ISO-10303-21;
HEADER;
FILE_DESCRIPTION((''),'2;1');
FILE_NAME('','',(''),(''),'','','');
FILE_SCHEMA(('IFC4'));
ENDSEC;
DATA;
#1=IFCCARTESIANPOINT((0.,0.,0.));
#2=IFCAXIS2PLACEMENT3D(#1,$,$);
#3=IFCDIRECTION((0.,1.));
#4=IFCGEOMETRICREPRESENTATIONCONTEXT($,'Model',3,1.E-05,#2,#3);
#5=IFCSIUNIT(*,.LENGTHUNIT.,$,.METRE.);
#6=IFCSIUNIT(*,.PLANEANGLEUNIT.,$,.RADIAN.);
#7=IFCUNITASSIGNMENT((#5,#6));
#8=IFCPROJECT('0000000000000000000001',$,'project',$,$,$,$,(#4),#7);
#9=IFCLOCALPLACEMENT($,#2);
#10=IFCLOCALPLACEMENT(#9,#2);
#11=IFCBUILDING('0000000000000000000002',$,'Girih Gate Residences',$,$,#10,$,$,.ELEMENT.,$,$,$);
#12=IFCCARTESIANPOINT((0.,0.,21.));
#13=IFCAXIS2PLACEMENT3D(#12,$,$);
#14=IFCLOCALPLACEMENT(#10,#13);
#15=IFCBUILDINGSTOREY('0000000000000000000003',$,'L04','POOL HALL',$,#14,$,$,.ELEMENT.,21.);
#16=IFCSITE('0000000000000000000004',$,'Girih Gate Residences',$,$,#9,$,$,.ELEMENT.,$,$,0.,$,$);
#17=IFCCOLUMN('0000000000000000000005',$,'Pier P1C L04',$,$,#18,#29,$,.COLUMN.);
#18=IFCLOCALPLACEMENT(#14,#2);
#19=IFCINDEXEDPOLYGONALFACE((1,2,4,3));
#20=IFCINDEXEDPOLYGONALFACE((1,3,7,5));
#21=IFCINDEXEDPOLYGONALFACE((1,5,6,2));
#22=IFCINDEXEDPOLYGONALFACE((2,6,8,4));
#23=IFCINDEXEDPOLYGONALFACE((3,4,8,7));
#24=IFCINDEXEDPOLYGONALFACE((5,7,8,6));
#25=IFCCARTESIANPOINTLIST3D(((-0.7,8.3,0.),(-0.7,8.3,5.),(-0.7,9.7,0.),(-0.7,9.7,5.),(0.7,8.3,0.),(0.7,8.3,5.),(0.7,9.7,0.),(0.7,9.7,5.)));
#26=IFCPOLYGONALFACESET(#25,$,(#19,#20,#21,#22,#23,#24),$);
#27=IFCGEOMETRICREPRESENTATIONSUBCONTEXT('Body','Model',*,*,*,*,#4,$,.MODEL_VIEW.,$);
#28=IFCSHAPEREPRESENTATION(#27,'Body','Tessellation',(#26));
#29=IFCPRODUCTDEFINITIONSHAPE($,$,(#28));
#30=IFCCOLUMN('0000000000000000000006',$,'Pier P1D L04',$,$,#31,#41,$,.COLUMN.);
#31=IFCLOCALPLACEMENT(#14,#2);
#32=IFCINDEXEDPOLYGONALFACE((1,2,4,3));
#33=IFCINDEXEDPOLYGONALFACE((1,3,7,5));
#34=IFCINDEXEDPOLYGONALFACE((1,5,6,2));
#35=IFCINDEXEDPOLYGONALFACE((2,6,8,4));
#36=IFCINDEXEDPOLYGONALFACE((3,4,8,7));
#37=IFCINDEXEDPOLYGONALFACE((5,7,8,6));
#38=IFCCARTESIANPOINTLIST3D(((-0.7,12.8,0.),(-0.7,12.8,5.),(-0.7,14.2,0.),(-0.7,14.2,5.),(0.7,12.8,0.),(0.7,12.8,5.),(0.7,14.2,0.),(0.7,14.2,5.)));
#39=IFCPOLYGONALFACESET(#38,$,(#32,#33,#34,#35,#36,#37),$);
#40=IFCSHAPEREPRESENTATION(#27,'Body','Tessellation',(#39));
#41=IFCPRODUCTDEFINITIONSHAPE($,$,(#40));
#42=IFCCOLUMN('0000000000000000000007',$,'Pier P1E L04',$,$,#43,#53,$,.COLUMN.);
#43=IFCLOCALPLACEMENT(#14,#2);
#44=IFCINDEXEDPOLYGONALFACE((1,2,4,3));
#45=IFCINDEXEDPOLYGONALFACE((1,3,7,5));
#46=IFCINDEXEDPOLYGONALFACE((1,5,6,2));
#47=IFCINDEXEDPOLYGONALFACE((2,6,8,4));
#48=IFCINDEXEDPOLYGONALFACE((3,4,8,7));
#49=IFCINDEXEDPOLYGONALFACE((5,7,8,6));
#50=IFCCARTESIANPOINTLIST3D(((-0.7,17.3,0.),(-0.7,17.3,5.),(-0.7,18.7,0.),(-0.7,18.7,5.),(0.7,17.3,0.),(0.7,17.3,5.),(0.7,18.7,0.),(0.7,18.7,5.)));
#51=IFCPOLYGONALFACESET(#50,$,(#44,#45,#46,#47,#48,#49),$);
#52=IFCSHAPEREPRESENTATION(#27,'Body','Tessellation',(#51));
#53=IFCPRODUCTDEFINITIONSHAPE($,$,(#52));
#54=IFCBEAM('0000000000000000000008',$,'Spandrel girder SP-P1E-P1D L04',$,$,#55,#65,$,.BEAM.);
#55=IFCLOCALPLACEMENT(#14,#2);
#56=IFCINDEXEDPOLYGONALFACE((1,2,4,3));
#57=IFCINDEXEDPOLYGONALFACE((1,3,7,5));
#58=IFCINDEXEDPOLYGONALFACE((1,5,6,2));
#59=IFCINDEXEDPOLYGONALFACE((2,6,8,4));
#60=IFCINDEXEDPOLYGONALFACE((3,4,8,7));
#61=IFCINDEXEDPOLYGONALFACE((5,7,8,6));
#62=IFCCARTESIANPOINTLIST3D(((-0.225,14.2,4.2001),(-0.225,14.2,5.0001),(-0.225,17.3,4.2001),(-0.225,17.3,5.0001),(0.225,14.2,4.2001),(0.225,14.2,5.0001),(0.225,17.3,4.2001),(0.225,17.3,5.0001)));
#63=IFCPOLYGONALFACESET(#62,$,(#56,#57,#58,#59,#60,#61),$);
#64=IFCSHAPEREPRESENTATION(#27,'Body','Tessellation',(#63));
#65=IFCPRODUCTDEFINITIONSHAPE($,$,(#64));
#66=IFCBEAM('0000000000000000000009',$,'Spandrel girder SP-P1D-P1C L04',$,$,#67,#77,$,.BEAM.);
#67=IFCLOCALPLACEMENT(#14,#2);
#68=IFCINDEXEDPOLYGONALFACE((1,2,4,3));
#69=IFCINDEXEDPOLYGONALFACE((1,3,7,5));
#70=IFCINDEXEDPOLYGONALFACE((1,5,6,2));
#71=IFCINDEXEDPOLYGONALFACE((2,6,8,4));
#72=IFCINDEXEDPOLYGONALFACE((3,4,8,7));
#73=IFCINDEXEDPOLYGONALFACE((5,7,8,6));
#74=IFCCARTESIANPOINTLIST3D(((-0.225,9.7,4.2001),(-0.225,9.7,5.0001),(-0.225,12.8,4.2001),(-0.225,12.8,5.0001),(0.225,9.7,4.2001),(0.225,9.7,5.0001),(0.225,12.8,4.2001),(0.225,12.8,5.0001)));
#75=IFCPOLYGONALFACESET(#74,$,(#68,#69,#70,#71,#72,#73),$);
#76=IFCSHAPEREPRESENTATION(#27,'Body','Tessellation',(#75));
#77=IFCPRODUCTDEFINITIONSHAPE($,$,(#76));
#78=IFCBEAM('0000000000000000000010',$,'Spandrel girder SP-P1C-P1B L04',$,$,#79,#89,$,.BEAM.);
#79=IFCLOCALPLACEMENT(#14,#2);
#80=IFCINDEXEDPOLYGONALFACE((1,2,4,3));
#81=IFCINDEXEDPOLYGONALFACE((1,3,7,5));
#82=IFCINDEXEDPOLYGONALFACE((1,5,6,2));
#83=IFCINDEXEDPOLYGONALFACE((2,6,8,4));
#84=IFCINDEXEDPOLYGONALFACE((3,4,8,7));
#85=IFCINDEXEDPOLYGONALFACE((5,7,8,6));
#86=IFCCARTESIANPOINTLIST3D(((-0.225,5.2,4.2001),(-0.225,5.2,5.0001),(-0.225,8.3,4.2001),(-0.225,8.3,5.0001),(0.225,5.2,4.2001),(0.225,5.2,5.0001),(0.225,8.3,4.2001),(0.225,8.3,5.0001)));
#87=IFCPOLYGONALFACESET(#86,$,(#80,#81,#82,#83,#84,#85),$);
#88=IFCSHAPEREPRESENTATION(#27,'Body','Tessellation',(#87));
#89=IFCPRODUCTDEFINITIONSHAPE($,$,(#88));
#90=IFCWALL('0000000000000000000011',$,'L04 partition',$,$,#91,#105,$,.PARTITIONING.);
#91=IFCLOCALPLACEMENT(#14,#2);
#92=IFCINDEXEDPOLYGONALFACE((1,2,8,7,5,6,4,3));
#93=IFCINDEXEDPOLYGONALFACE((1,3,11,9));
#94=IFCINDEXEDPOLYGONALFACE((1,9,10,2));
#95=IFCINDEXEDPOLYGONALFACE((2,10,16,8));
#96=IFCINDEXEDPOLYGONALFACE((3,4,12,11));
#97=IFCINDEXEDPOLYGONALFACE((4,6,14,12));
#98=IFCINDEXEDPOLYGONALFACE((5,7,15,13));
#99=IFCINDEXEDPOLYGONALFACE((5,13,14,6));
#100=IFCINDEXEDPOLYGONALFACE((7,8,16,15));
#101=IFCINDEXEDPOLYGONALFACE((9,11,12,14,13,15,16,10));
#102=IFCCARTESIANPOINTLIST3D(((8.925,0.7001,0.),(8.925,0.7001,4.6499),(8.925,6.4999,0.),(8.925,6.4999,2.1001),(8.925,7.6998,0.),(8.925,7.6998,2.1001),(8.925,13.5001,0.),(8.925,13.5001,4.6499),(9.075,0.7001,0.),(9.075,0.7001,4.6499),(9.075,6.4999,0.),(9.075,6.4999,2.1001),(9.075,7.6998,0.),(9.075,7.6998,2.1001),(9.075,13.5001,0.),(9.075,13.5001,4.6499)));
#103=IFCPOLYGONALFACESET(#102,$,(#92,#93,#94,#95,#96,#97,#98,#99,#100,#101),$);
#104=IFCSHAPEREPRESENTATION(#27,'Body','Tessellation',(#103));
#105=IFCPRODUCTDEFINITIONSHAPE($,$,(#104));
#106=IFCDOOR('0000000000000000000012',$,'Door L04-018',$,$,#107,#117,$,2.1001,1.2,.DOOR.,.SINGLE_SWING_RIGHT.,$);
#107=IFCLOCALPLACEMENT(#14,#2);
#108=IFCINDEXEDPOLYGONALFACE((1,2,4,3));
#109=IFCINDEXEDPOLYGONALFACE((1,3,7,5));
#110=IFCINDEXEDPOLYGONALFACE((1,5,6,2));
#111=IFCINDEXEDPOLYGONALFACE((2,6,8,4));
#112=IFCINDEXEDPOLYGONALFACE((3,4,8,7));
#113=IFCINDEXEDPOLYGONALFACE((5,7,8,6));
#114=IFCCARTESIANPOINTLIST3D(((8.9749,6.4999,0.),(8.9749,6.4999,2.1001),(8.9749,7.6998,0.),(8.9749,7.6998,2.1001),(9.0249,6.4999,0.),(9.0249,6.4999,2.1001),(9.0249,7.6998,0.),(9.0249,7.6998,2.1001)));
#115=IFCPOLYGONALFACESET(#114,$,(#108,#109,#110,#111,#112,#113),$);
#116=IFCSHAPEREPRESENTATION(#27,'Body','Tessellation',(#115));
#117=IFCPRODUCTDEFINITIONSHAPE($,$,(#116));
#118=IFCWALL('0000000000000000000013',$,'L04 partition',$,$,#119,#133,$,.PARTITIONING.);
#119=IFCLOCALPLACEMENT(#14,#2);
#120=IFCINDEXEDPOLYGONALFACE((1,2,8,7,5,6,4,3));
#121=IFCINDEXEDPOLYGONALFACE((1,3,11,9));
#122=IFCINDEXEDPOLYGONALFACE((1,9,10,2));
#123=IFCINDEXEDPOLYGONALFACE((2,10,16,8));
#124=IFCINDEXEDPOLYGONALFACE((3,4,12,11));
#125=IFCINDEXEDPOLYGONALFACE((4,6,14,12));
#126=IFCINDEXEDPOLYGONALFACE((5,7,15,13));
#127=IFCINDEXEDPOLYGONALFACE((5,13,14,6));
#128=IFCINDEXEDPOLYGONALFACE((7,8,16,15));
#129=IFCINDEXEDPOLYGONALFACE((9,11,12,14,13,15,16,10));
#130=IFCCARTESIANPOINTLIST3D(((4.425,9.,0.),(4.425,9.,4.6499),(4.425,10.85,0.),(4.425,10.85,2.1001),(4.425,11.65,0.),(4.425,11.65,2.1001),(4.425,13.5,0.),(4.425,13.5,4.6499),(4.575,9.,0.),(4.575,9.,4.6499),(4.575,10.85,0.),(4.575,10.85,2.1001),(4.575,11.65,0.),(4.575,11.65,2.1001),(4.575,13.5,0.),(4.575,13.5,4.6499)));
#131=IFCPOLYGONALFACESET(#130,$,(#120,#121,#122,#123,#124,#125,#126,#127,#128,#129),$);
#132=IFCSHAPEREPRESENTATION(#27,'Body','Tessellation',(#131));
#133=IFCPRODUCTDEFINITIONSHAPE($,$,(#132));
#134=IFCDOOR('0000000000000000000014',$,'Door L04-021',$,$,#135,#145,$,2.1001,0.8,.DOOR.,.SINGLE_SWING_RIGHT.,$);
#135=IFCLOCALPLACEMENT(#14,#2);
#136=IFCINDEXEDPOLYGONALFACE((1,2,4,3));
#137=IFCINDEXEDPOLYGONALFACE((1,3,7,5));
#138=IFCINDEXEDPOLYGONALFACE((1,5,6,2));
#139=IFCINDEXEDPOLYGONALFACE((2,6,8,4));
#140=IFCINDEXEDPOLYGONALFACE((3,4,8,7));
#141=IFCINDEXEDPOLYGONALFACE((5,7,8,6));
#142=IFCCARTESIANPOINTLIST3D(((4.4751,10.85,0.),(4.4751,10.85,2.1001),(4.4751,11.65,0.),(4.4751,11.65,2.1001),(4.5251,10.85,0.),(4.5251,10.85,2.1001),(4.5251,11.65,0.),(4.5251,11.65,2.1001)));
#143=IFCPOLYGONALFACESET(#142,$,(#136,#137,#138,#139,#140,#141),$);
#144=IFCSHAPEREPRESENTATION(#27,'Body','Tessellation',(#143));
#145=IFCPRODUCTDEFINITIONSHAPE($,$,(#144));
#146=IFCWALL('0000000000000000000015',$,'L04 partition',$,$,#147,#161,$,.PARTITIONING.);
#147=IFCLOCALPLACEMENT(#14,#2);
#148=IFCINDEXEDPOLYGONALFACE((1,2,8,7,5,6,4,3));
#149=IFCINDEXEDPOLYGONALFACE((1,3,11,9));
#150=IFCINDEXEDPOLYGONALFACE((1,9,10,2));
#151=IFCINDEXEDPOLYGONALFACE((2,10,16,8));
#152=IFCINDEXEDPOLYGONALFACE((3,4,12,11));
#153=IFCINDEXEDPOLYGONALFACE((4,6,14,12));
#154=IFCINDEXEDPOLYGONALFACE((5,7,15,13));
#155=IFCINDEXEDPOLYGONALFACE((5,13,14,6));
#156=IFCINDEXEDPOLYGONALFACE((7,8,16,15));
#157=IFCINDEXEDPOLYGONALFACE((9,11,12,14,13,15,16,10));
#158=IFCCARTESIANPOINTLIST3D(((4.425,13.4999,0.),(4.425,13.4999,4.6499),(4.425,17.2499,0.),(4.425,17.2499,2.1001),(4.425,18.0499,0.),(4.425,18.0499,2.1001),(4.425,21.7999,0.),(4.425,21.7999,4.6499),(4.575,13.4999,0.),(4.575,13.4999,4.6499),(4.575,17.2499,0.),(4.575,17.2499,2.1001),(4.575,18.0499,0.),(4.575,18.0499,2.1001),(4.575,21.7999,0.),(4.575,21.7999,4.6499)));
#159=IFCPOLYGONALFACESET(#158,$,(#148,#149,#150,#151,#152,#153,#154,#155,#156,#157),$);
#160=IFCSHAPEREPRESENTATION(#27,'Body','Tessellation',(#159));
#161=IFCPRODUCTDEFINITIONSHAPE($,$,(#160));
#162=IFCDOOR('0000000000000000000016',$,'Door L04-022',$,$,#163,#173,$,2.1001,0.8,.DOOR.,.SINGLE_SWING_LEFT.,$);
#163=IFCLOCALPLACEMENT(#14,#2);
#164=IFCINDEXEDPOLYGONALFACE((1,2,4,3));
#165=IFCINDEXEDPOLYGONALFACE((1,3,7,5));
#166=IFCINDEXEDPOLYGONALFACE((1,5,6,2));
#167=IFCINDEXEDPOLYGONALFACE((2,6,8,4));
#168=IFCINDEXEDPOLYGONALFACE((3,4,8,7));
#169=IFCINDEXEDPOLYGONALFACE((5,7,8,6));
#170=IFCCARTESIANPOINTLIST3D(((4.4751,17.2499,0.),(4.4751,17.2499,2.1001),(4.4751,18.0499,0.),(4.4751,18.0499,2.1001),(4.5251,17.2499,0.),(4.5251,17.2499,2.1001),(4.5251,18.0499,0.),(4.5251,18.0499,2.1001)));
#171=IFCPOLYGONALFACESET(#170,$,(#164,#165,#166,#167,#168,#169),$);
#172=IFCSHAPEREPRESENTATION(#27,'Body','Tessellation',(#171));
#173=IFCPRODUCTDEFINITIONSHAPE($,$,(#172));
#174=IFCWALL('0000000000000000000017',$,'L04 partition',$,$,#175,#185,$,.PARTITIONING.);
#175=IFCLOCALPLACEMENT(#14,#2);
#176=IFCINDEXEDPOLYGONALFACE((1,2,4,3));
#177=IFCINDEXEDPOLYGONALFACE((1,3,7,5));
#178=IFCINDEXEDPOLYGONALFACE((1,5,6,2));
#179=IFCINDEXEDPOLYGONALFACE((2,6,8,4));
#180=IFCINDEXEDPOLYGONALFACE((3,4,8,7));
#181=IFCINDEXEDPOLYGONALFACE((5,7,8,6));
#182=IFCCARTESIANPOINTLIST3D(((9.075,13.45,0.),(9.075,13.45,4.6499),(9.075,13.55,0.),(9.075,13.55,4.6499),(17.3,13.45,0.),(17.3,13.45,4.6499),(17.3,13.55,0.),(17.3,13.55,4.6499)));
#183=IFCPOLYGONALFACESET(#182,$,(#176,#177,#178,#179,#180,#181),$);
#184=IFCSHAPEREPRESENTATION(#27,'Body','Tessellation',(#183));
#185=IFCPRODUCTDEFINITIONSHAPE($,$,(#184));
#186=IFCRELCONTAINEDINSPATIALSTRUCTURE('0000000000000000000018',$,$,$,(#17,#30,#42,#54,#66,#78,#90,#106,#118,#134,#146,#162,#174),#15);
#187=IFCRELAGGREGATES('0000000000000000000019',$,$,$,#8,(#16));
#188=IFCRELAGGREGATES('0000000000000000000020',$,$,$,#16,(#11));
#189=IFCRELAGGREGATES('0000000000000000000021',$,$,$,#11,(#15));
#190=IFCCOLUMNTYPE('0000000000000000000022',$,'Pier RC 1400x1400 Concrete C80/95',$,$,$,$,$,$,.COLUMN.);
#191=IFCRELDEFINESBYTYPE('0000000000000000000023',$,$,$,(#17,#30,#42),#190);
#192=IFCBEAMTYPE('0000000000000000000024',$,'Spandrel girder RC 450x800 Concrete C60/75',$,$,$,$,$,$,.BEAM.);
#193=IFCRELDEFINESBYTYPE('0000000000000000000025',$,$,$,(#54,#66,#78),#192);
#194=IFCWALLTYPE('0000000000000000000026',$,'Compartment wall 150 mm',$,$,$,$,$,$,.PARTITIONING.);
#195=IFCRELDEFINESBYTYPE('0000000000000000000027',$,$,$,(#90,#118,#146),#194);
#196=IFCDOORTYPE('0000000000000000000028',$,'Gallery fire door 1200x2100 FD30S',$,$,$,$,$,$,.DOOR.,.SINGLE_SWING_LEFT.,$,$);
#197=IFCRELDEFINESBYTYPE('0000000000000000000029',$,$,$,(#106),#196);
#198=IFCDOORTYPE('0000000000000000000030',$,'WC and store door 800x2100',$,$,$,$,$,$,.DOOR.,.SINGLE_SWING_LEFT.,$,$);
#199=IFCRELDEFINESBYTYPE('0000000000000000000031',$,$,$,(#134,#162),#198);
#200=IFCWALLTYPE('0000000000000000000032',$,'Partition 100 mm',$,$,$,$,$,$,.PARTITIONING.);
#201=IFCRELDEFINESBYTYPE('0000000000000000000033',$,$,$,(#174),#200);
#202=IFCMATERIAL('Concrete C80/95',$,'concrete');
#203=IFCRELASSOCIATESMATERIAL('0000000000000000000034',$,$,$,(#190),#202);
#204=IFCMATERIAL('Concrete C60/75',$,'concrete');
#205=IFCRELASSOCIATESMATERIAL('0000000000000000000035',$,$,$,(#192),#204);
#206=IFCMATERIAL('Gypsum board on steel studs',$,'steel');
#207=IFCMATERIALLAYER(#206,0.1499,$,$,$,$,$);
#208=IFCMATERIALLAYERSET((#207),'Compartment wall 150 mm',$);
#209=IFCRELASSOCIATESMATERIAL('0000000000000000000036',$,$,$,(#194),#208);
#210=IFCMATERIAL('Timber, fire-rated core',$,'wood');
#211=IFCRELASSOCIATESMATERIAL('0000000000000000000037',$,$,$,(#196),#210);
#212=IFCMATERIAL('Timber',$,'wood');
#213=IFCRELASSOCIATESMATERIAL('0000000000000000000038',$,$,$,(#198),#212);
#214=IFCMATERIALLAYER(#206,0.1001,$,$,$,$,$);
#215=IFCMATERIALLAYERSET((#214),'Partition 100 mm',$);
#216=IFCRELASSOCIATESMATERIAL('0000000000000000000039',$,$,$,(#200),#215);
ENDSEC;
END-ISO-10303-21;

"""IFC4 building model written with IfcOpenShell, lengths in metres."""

from ifc_helpers import new_model, si_unit, direction, frame, frame_2d, origin, origin_2d, place, context, subcontext, project, spatial, rectangle, extrude, material, layer, layer_set, material_profile, profile_set, type_object, element, fill, save


model = new_model("IFC4")

# Units and contexts
model_context = context("Model", 3, precision=1e-05, world=origin(), true_north=direction((0.0, 1.0)))
body_context = subcontext(model_context, "Body", "Model", "MODEL_VIEW")
ifc_project = project(units=[si_unit("LENGTHUNIT", "METRE"), si_unit("PLANEANGLEUNIT", "RADIAN")], contexts=[model_context])

# Site, building, storey
site_placement = place(None, origin())
site = spatial("IfcSite", under=ifc_project, at=site_placement, Name="Girih Gate Residences", CompositionType="ELEMENT", RefElevation=0.0)
building_placement = place(site_placement, origin())
building = spatial("IfcBuilding", under=site, at=building_placement, Name="Girih Gate Residences", CompositionType="ELEMENT")
storey_placement = place(building_placement, frame((0.0, 0.0, 21.0)))
storey = spatial("IfcBuildingStorey", under=building, at=storey_placement, Name="L04", Description="POOL HALL", CompositionType="ELEMENT", Elevation=21.0)

# Columns
ifc_material_1 = material(Name="Concrete C80/95", Category="concrete")
ifc_material_profile_1 = material_profile(ifc_material_1, rectangle(XDim=1.3999, YDim=1.3999, at=origin_2d()))
ifc_profile_set_1 = profile_set([ifc_material_profile_1], Name="Concrete C80/95")
column_type = type_object("IfcColumnType", Name="Pier RC 1400x1400 Concrete C80/95", PredefinedType="COLUMN", material=ifc_profile_set_1)
for number, where, z_axis, x_axis, name in (
    (1, (0.0, 9.0, 0.0), (0.0, 0.0, 1.0), (1.0, 0.0, 0.0), "Pier P1C L04"),
    (2, (0.0, 13.5, 0.0), (0.0, 0.0, 1.0), (1.0, 0.0, 0.0), "Pier P1D L04"),
    (3, (0.0, 18.0, 0.0), (0.0, 0.0, 1.0), (1.0, 0.0, 0.0), "Pier P1E L04"),
):
    element("IfcColumn", number, at=place(storey_placement, frame(where, z_axis=z_axis, x_axis=x_axis)), inside=storey, type_object=column_type, Name=name, PredefinedType="COLUMN", context=body_context, shape_type="SweptSolid", body=[
        extrude(rectangle(XDim=1.3999, YDim=1.3999, at=origin_2d()), origin(), (0.0, 0.0, 1.0), 5.0),
    ])

# Beams
ifc_material_2 = material(Name="Concrete C60/75", Category="concrete")
ifc_material_profile_2 = material_profile(ifc_material_2, rectangle(XDim=0.45, YDim=0.8, at=origin_2d()))
ifc_profile_set_2 = profile_set([ifc_material_profile_2], Name="Concrete C60/75")
beam_type = type_object("IfcBeamType", Name="Spandrel girder RC 450x800 Concrete C60/75", PredefinedType="BEAM", material=ifc_profile_set_2)
for number, where, z_axis, x_axis, name in (
    (4, (0.0, 17.3, 4.6001), (0.0, -1.0, 0.0), (1.0, 0.0, 0.0), "Spandrel girder SP-P1E-P1D L04"),
    (5, (0.0, 12.8, 4.6001), (0.0, -1.0, 0.0), (1.0, 0.0, 0.0), "Spandrel girder SP-P1D-P1C L04"),
    (6, (0.0, 8.3, 4.6001), (0.0, -1.0, 0.0), (1.0, 0.0, 0.0), "Spandrel girder SP-P1C-P1B L04"),
):
    element("IfcBeam", number, at=place(storey_placement, frame(where, z_axis=z_axis, x_axis=x_axis)), inside=storey, type_object=beam_type, Name=name, PredefinedType="BEAM", context=body_context, shape_type="SweptSolid", body=[
        extrude(rectangle(XDim=0.45, YDim=0.8, at=origin_2d()), origin(), (0.0, 0.0, 1.0), 3.1001),
    ])

# Walls, openings, doors
ifc_material_3 = material(Name="Gypsum board on steel studs", Category="steel")
ifc_layer_1 = layer(ifc_material_3, 0.1499)
ifc_layer_set_1 = layer_set([ifc_layer_1], Name="Compartment wall 150 mm")
wall_type_1 = type_object("IfcWallType", Name="Compartment wall 150 mm", PredefinedType="PARTITIONING", material=ifc_layer_set_1)
wall_1_placement = place(storey_placement, frame((9.0, 13.5, 0.0), z_axis=(0.0, 0.0, 1.0), x_axis=(0.0, -1.0, 0.0)))
wall_1 = element("IfcWall", 7, at=wall_1_placement, inside=storey, type_object=wall_type_1, Name="L04 partition", PredefinedType="PARTITIONING", context=body_context, shape_type="SweptSolid", body=[
    extrude(rectangle(XDim=12.8, YDim=0.1499, at=frame_2d((6.3999, 0.0))), origin(), (0.0, 0.0, 1.0), 4.6499),
])
opening_1_placement = place(wall_1_placement, frame((5.8, 0.0, 0.0)))
opening_1 = element("IfcOpeningElement", 8, at=opening_1_placement, cuts=wall_1, PredefinedType="OPENING", context=body_context, shape_type="SweptSolid", body=[
    extrude(rectangle(XDim=1.2, YDim=2.1001, at=frame_2d((0.6001, 1.05))), frame((0.0, 0.085, 0.0), z_axis=(0.0, -1.0, 0.0), x_axis=(1.0, 0.0, 0.0)), (0.0, 0.0, 1.0), 0.1699),
])
ifc_material_4 = material(Name="Timber, fire-rated core", Category="wood")
door_type_1 = type_object("IfcDoorType", Name="Gallery fire door 1200x2100 FD30S", OperationType="SINGLE_SWING_LEFT", PredefinedType="DOOR", material=ifc_material_4)
door_1_placement = place(opening_1_placement, origin())
door_1 = element("IfcDoor", 9, at=door_1_placement, inside=storey, type_object=door_type_1, Name="Door L04-018", OperationType="SINGLE_SWING_RIGHT", OverallHeight=2.1001, OverallWidth=1.2, PredefinedType="DOOR", context=body_context, shape_type="SweptSolid", body=[
    extrude(rectangle(XDim=1.2, YDim=2.1001, at=frame_2d((0.6001, 1.05))), frame((0.0, 0.0249, 0.0), z_axis=(0.0, -1.0, 0.0), x_axis=(1.0, 0.0, 0.0)), (0.0, 0.0, 1.0), 0.05),
])
fill(opening_1, door_1)
wall_2_placement = place(storey_placement, frame((4.5, 9.0, 0.0), z_axis=(0.0, 0.0, 1.0), x_axis=(0.0, 1.0, 0.0)))
wall_2 = element("IfcWall", 10, at=wall_2_placement, inside=storey, type_object=wall_type_1, Name="L04 partition", PredefinedType="PARTITIONING", context=body_context, shape_type="SweptSolid", body=[
    extrude(rectangle(XDim=4.5, YDim=0.1499, at=frame_2d((2.25, 0.0))), origin(), (0.0, 0.0, 1.0), 4.6499),
])
opening_2_placement = place(wall_2_placement, frame((1.8501, 0.0, 0.0)))
opening_2 = element("IfcOpeningElement", 11, at=opening_2_placement, cuts=wall_2, PredefinedType="OPENING", context=body_context, shape_type="SweptSolid", body=[
    extrude(rectangle(XDim=0.8, YDim=2.1001, at=frame_2d((0.3999, 1.05))), frame((0.0, 0.085, 0.0), z_axis=(0.0, -1.0, 0.0), x_axis=(1.0, 0.0, 0.0)), (0.0, 0.0, 1.0), 0.1699),
])
ifc_material_5 = material(Name="Timber", Category="wood")
door_type_2 = type_object("IfcDoorType", Name="WC and store door 800x2100", OperationType="SINGLE_SWING_LEFT", PredefinedType="DOOR", material=ifc_material_5)
door_2_placement = place(opening_2_placement, origin())
door_2 = element("IfcDoor", 12, at=door_2_placement, inside=storey, type_object=door_type_2, Name="Door L04-021", OperationType="SINGLE_SWING_RIGHT", OverallHeight=2.1001, OverallWidth=0.8, PredefinedType="DOOR", context=body_context, shape_type="SweptSolid", body=[
    extrude(rectangle(XDim=0.8, YDim=2.1001, at=frame_2d((0.3999, 1.05))), frame((0.0, 0.0249, 0.0), z_axis=(0.0, -1.0, 0.0), x_axis=(1.0, 0.0, 0.0)), (0.0, 0.0, 1.0), 0.05),
])
fill(opening_2, door_2)
wall_3_placement = place(storey_placement, frame((4.5, 13.5, 0.0), z_axis=(0.0, 0.0, 1.0), x_axis=(0.0, 1.0, 0.0)))
wall_3 = element("IfcWall", 13, at=wall_3_placement, inside=storey, type_object=wall_type_1, Name="L04 partition", PredefinedType="PARTITIONING", context=body_context, shape_type="SweptSolid", body=[
    extrude(rectangle(XDim=8.3, YDim=0.1499, at=frame_2d((4.1499, 0.0))), origin(), (0.0, 0.0, 1.0), 4.6499),
])
opening_3_placement = place(wall_3_placement, frame((3.75, 0.0, 0.0)))
opening_3 = element("IfcOpeningElement", 14, at=opening_3_placement, cuts=wall_3, PredefinedType="OPENING", context=body_context, shape_type="SweptSolid", body=[
    extrude(rectangle(XDim=0.8, YDim=2.1001, at=frame_2d((0.3999, 1.05))), frame((0.0, 0.085, 0.0), z_axis=(0.0, -1.0, 0.0), x_axis=(1.0, 0.0, 0.0)), (0.0, 0.0, 1.0), 0.1699),
])
door_3_placement = place(opening_3_placement, origin())
door_3 = element("IfcDoor", 15, at=door_3_placement, inside=storey, type_object=door_type_2, Name="Door L04-022", OperationType="SINGLE_SWING_LEFT", OverallHeight=2.1001, OverallWidth=0.8, PredefinedType="DOOR", context=body_context, shape_type="SweptSolid", body=[
    extrude(rectangle(XDim=0.8, YDim=2.1001, at=frame_2d((0.3999, 1.05))), frame((0.0, 0.0249, 0.0), z_axis=(0.0, -1.0, 0.0), x_axis=(1.0, 0.0, 0.0)), (0.0, 0.0, 1.0), 0.05),
])
fill(opening_3, door_3)

# Wall
ifc_layer_2 = layer(ifc_material_3, 0.1001)
ifc_layer_set_2 = layer_set([ifc_layer_2], Name="Partition 100 mm")
wall_type_2 = type_object("IfcWallType", Name="Partition 100 mm", PredefinedType="PARTITIONING", material=ifc_layer_set_2)
wall_4_placement = place(storey_placement, frame((9.075, 13.5, 0.0), z_axis=(0.0, 0.0, 1.0), x_axis=(1.0, 0.0, 0.0)))
element("IfcWall", 16, at=wall_4_placement, inside=storey, type_object=wall_type_2, Name="L04 partition", PredefinedType="PARTITIONING", context=body_context, shape_type="SweptSolid", body=[
    extrude(rectangle(XDim=8.2251, YDim=0.1001, at=frame_2d((4.1125, 0.0))), origin(), (0.0, 0.0, 1.0), 4.6499),
])

save(model, "model.ifc")
